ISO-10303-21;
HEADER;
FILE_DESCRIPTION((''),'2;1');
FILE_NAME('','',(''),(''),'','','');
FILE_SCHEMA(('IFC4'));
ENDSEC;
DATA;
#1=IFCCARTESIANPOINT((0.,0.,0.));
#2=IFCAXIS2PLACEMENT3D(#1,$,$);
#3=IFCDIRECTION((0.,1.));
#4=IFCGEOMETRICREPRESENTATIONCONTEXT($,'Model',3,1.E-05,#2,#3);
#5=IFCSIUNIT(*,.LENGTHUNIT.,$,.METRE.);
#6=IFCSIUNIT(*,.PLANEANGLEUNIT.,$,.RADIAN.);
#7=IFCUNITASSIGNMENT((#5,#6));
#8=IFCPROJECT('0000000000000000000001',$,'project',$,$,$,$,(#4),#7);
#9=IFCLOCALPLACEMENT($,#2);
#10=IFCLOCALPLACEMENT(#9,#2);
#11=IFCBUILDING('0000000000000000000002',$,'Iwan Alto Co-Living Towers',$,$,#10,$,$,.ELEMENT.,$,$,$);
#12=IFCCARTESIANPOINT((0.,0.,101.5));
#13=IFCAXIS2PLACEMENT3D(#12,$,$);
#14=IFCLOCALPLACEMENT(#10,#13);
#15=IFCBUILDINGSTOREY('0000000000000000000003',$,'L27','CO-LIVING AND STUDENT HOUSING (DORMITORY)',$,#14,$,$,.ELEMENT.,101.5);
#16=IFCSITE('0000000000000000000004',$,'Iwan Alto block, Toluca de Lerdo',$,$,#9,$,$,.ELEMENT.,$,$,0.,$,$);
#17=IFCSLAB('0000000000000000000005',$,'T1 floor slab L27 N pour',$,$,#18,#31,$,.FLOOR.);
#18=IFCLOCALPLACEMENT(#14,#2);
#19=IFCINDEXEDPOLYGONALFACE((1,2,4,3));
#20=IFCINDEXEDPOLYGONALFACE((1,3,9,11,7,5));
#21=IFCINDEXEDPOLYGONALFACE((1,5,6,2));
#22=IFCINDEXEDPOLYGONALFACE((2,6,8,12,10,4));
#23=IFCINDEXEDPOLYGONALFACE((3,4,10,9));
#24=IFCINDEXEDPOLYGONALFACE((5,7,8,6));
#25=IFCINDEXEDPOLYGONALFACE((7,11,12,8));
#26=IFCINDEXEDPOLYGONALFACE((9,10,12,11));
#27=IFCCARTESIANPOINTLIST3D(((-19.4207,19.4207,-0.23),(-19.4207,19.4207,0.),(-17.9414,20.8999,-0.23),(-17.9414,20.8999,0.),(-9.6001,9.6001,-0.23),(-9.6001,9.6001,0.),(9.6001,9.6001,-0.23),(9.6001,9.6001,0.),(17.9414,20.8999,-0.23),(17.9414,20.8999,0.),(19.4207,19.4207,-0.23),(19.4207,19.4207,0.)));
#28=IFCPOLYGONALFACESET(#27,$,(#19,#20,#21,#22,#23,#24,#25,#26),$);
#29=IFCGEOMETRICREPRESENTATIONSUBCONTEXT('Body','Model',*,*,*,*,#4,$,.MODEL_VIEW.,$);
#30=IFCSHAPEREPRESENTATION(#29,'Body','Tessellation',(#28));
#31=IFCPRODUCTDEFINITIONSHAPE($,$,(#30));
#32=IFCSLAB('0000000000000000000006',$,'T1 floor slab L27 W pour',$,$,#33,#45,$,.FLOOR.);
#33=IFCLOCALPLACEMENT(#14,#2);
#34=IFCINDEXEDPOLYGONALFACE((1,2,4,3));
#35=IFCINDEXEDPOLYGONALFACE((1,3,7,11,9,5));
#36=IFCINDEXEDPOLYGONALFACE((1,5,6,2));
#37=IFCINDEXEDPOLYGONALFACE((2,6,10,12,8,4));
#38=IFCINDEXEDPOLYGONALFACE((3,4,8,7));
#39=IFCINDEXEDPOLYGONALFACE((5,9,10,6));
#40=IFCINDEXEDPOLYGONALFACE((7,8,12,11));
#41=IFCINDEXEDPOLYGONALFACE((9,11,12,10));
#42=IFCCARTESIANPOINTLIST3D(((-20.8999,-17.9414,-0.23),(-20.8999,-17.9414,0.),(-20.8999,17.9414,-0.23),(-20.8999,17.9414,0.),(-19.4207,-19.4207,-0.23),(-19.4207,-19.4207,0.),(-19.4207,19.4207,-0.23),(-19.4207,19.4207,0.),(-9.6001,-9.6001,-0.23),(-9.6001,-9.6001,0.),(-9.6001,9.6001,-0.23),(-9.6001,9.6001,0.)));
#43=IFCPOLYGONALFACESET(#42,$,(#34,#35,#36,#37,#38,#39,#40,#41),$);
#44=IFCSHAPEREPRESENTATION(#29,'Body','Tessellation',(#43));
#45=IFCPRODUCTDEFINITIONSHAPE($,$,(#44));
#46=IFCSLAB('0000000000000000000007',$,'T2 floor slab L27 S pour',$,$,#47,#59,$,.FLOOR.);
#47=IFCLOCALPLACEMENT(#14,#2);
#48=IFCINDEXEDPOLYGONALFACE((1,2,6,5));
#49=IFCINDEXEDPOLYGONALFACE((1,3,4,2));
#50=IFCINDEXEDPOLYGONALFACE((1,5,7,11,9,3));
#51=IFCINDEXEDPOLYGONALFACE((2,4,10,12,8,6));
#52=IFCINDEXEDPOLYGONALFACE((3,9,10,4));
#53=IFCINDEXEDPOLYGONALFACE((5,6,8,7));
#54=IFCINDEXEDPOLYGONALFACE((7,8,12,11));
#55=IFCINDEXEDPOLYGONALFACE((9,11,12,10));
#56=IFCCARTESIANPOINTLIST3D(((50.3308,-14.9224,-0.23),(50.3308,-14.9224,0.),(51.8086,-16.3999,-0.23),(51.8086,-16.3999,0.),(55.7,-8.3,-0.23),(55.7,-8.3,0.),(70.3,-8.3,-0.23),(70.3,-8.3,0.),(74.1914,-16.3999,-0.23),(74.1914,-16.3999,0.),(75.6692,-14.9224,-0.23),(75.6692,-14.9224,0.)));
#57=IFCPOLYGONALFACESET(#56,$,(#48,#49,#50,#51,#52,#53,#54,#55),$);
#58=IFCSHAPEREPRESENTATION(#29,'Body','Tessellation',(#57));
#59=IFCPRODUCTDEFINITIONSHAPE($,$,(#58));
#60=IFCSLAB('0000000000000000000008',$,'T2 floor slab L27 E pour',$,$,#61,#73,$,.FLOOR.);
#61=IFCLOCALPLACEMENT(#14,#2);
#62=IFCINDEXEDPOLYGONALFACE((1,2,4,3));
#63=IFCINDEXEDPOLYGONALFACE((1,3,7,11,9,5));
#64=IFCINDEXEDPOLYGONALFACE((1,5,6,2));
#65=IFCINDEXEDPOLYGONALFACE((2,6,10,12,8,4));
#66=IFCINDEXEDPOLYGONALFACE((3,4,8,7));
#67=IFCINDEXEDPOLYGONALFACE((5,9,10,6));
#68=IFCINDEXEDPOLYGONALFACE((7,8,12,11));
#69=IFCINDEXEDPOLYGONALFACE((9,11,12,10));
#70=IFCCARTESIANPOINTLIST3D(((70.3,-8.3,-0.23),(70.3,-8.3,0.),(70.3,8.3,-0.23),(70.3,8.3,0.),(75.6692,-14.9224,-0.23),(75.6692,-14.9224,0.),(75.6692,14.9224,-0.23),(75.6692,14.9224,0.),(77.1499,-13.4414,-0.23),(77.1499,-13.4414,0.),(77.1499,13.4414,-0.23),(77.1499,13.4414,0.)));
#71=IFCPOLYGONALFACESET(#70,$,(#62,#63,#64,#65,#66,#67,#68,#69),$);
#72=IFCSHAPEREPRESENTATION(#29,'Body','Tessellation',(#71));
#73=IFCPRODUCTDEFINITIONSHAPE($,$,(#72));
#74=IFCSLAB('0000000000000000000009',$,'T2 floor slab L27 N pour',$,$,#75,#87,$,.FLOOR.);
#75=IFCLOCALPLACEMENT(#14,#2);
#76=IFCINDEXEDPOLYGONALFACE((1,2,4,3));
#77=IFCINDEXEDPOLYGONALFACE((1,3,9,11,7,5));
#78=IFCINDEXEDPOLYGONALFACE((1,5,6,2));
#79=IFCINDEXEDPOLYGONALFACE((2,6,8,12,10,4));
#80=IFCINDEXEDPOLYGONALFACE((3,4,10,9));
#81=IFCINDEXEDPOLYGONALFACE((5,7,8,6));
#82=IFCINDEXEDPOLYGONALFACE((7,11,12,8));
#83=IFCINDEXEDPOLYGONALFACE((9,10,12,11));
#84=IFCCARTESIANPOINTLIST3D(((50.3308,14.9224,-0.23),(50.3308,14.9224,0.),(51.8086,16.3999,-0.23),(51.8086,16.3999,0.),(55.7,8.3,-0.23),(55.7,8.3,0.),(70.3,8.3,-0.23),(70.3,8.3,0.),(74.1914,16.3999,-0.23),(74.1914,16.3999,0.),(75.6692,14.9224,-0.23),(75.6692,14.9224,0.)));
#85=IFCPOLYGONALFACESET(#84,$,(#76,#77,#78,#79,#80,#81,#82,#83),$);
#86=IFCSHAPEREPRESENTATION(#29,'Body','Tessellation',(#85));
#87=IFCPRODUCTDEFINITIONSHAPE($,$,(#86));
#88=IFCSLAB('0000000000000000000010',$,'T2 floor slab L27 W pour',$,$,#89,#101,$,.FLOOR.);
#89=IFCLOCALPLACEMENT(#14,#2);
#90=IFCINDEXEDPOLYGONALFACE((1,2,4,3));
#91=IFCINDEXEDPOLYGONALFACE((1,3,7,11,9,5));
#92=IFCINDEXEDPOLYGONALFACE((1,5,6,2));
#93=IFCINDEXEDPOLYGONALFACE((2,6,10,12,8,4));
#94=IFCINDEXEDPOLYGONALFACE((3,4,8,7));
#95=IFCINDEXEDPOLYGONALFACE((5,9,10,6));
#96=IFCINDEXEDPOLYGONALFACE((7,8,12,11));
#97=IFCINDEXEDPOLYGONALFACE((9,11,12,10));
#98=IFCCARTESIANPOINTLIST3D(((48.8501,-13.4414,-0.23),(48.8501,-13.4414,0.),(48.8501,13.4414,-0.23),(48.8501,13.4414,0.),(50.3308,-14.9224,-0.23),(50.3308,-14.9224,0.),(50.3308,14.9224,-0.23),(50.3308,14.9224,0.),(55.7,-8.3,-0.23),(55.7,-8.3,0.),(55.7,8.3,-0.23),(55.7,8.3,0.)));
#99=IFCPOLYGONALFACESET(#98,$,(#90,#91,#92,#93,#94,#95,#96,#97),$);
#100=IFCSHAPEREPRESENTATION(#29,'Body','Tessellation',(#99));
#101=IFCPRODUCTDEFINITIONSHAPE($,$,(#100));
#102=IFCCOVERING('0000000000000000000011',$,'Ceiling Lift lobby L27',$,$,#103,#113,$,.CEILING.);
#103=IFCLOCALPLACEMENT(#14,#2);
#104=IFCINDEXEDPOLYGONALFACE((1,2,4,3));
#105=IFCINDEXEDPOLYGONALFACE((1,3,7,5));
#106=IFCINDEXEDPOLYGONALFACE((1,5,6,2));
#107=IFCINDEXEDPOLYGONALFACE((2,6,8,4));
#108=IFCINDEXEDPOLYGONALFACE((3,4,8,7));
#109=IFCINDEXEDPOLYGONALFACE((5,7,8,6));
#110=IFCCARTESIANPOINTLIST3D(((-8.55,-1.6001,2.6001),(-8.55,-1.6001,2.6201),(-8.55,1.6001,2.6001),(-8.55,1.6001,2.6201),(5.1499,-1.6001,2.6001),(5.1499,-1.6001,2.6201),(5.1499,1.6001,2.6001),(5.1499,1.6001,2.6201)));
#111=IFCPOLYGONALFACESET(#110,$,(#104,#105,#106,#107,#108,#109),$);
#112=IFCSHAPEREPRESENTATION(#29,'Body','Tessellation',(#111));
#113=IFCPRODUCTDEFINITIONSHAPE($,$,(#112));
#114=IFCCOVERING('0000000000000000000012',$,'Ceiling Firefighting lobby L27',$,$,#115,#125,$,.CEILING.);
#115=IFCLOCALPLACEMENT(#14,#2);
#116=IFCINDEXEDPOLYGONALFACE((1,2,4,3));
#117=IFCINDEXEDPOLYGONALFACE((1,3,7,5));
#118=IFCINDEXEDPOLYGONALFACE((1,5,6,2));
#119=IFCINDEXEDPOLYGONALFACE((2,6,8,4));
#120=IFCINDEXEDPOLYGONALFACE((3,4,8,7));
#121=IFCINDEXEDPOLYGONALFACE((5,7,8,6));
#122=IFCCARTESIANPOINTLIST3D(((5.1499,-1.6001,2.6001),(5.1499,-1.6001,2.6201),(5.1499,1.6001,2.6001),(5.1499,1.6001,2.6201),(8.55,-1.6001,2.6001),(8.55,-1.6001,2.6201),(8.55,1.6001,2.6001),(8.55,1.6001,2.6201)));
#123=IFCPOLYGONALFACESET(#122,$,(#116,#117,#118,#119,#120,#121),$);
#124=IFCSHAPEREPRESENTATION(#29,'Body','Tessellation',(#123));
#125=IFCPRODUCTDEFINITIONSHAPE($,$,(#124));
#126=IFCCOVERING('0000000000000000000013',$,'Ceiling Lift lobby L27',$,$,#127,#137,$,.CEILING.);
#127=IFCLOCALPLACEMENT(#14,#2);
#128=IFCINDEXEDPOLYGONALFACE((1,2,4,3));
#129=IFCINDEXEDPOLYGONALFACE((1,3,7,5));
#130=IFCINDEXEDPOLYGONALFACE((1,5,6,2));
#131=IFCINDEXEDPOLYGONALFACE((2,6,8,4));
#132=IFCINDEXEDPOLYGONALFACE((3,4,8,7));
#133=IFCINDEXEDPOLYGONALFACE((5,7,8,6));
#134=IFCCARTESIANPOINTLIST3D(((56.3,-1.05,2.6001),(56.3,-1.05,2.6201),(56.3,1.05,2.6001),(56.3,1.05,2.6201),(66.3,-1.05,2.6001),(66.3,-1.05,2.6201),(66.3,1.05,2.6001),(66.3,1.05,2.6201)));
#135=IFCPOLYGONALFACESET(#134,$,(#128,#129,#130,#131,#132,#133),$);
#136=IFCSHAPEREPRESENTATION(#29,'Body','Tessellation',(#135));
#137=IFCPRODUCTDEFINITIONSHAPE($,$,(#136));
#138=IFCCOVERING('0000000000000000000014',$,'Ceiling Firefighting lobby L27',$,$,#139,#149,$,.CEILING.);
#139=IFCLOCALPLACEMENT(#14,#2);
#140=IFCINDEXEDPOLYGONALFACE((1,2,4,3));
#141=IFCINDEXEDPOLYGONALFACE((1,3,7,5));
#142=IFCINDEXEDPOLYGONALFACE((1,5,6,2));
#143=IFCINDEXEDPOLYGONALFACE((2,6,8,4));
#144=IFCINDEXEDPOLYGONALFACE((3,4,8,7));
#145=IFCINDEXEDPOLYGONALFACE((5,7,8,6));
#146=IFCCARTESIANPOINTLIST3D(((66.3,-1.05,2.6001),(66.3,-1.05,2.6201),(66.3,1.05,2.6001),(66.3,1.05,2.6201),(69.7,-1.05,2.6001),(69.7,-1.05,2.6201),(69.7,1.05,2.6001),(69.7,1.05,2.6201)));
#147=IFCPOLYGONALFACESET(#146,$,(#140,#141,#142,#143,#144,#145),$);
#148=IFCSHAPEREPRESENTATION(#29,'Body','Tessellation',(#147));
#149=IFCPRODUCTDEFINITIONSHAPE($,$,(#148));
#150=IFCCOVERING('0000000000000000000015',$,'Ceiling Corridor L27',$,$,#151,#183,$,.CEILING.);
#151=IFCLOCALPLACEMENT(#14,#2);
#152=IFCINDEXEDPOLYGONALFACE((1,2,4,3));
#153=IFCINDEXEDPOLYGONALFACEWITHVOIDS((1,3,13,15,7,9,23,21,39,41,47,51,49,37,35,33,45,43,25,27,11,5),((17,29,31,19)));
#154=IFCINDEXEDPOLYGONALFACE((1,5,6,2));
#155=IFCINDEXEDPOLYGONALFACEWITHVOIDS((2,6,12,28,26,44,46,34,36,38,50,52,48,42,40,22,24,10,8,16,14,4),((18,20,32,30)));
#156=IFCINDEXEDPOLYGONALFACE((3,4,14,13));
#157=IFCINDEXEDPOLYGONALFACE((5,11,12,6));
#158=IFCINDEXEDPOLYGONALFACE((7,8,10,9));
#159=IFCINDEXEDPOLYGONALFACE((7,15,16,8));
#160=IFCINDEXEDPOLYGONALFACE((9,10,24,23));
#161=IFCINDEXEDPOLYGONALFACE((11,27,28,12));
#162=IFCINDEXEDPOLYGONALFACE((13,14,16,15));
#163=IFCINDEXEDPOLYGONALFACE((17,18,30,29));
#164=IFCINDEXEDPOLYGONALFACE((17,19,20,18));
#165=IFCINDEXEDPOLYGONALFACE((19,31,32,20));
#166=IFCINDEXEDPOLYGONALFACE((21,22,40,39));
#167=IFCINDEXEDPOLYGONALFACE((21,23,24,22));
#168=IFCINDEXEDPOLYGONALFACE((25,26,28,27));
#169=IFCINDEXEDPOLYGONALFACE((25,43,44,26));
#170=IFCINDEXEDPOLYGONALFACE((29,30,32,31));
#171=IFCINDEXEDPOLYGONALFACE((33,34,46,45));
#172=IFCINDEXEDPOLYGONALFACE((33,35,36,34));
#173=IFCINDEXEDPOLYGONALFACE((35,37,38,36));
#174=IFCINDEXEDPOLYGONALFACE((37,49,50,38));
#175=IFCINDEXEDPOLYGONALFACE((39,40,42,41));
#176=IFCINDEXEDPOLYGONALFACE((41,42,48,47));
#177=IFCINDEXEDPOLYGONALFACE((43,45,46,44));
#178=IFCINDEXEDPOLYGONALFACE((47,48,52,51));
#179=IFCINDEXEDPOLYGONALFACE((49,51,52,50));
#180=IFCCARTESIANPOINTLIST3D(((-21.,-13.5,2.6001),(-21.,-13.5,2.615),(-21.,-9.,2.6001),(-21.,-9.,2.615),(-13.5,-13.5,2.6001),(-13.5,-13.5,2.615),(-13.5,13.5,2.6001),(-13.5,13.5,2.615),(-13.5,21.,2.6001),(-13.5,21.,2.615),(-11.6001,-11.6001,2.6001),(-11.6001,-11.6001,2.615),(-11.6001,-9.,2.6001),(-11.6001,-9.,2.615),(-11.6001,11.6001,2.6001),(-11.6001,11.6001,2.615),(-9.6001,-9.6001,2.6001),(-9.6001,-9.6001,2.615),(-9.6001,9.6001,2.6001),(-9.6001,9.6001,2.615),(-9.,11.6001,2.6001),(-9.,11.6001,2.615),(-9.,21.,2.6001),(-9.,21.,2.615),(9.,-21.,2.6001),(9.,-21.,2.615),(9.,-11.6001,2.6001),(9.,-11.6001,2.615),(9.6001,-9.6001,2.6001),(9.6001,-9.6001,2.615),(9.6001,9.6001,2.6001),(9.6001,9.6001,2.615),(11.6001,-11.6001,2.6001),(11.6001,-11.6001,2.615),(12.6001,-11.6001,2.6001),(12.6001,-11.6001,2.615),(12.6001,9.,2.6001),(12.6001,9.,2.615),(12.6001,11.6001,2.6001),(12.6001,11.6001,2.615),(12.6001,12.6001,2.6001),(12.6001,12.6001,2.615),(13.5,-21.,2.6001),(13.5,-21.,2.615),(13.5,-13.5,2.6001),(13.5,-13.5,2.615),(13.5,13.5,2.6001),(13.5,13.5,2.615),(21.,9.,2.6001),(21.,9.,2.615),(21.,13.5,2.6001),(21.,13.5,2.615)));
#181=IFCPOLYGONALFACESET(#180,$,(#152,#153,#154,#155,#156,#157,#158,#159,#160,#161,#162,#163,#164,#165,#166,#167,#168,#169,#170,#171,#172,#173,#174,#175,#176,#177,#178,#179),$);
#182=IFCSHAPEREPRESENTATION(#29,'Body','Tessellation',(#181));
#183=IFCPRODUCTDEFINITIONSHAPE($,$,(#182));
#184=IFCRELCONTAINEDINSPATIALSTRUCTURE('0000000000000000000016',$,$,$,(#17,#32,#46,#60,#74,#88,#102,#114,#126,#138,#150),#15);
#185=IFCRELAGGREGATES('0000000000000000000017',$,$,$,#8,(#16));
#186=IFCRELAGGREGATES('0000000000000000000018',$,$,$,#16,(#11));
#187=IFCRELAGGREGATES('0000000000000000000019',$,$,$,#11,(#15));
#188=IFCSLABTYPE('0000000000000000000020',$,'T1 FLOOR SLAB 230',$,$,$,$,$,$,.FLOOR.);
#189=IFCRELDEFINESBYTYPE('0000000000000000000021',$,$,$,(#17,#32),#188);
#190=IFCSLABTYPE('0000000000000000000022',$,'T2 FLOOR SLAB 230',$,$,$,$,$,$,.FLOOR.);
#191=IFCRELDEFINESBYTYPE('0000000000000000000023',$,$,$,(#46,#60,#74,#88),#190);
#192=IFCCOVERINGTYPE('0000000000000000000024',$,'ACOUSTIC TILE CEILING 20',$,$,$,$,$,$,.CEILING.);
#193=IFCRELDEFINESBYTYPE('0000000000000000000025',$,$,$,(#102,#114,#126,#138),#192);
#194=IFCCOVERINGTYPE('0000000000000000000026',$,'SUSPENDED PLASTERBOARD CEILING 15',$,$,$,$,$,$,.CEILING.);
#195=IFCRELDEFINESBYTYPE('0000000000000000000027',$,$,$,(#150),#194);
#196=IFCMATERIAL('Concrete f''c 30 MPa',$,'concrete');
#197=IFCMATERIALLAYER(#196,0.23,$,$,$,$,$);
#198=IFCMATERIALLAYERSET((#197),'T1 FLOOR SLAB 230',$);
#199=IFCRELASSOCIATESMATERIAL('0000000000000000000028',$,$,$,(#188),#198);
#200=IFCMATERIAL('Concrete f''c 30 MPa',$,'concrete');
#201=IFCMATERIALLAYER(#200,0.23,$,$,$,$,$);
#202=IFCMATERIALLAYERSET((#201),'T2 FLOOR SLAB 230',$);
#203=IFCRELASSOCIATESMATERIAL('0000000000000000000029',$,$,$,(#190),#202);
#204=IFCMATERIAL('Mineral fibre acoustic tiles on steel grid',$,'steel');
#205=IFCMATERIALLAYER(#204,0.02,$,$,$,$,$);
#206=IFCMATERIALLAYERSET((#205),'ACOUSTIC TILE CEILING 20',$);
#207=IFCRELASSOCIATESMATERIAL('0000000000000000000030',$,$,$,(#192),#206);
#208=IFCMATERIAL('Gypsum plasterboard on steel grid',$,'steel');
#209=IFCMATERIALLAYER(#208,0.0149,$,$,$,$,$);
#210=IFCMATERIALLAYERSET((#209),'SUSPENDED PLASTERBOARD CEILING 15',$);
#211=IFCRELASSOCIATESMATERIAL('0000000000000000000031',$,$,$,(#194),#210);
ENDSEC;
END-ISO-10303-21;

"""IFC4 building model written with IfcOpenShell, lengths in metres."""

from ifc_helpers import new_model, si_unit, direction, frame, origin, place, context, subcontext, project, spatial, polyline, outline, extrude, material, layer, layer_set, type_object, element, save


model = new_model("IFC4")

# Units and contexts
model_context = context("Model", 3, precision=1e-05, world=origin(), true_north=direction((0.0, 1.0)))
body_context = subcontext(model_context, "Body", "Model", "MODEL_VIEW")
ifc_project = project(units=[si_unit("LENGTHUNIT", "METRE"), si_unit("PLANEANGLEUNIT", "RADIAN")], contexts=[model_context])

# Site, building, storey
site_placement = place(None, origin())
site = spatial("IfcSite", under=ifc_project, at=site_placement, Name="Iwan Alto block, Toluca de Lerdo", CompositionType="ELEMENT", RefElevation=0.0)
building_placement = place(site_placement, origin())
building = spatial("IfcBuilding", under=site, at=building_placement, Name="Iwan Alto Co-Living Towers", CompositionType="ELEMENT")
storey_placement = place(building_placement, frame((0.0, 0.0, 101.5)))
storey = spatial("IfcBuildingStorey", under=building, at=storey_placement, Name="L27", Description="CO-LIVING AND STUDENT HOUSING (DORMITORY)", CompositionType="ELEMENT", Elevation=101.5)

# Slabs
ifc_material_1 = material(Name="Concrete f'c 30 MPa", Category="concrete")
ifc_layer_1 = layer(ifc_material_1, 0.23)
ifc_layer_set_1 = layer_set([ifc_layer_1], Name="T1 FLOOR SLAB 230")
slab_type_1 = type_object("IfcSlabType", Name="T1 FLOOR SLAB 230", PredefinedType="FLOOR", material=ifc_layer_set_1)
slab_1_placement = place(storey_placement, frame((0.0, 0.0, -0.23)))
element("IfcSlab", 1, at=slab_1_placement, inside=storey, type_object=slab_type_1, Name="T1 floor slab L27 N pour", PredefinedType="FLOOR", context=body_context, shape_type="SweptSolid", body=[
    extrude(outline(polyline([(-17.9414, 20.8999), (17.9414, 20.8999), (19.4207, 19.4207), (9.6001, 9.6001), (-9.6001, 9.6001), (-19.4207, 19.4207), (-17.9414, 20.8999)])), origin(), (0.0, 0.0, 1.0), 0.23),
])
slab_2_placement = place(storey_placement, frame((0.0, 0.0, -0.23)))
element("IfcSlab", 2, at=slab_2_placement, inside=storey, type_object=slab_type_1, Name="T1 floor slab L27 W pour", PredefinedType="FLOOR", context=body_context, shape_type="SweptSolid", body=[
    extrude(outline(polyline([(-20.8999, 17.9414), (-19.4207, 19.4207), (-9.6001, 9.6001), (-9.6001, -9.6001), (-19.4207, -19.4207), (-20.8999, -17.9414), (-20.8999, 17.9414)])), origin(), (0.0, 0.0, 1.0), 0.23),
])
ifc_material_2 = material(Name="Concrete f'c 30 MPa", Category="concrete")
ifc_layer_2 = layer(ifc_material_2, 0.23)
ifc_layer_set_2 = layer_set([ifc_layer_2], Name="T2 FLOOR SLAB 230")
slab_type_2 = type_object("IfcSlabType", Name="T2 FLOOR SLAB 230", PredefinedType="FLOOR", material=ifc_layer_set_2)
slab_3_placement = place(storey_placement, frame((0.0, 0.0, -0.23)))
element("IfcSlab", 3, at=slab_3_placement, inside=storey, type_object=slab_type_2, Name="T2 floor slab L27 S pour", PredefinedType="FLOOR", context=body_context, shape_type="SweptSolid", body=[
    extrude(outline(polyline([(74.1914, -16.3999), (51.8086, -16.3999), (50.3308, -14.9224), (55.7, -8.3), (70.3, -8.3), (75.6692, -14.9224), (74.1914, -16.3999)])), origin(), (0.0, 0.0, 1.0), 0.23),
])
slab_4_placement = place(storey_placement, frame((0.0, 0.0, -0.23)))
element("IfcSlab", 4, at=slab_4_placement, inside=storey, type_object=slab_type_2, Name="T2 floor slab L27 E pour", PredefinedType="FLOOR", context=body_context, shape_type="SweptSolid", body=[
    extrude(outline(polyline([(77.1499, 13.4414), (77.1499, -13.4414), (75.6692, -14.9224), (70.3, -8.3), (70.3, 8.3), (75.6692, 14.9224), (77.1499, 13.4414)])), origin(), (0.0, 0.0, 1.0), 0.23),
])
slab_5_placement = place(storey_placement, frame((0.0, 0.0, -0.23)))
element("IfcSlab", 5, at=slab_5_placement, inside=storey, type_object=slab_type_2, Name="T2 floor slab L27 N pour", PredefinedType="FLOOR", context=body_context, shape_type="SweptSolid", body=[
    extrude(outline(polyline([(51.8086, 16.3999), (74.1914, 16.3999), (75.6692, 14.9224), (70.3, 8.3), (55.7, 8.3), (50.3308, 14.9224), (51.8086, 16.3999)])), origin(), (0.0, 0.0, 1.0), 0.23),
])
slab_6_placement = place(storey_placement, frame((0.0, 0.0, -0.23)))
element("IfcSlab", 6, at=slab_6_placement, inside=storey, type_object=slab_type_2, Name="T2 floor slab L27 W pour", PredefinedType="FLOOR", context=body_context, shape_type="SweptSolid", body=[
    extrude(outline(polyline([(48.8501, 13.4414), (50.3308, 14.9224), (55.7, 8.3), (55.7, -8.3), (50.3308, -14.9224), (48.8501, -13.4414), (48.8501, 13.4414)])), origin(), (0.0, 0.0, 1.0), 0.23),
])

# Coverings
ifc_material_3 = material(Name="Mineral fibre acoustic tiles on steel grid", Category="steel")
ifc_layer_3 = layer(ifc_material_3, 0.02)
ifc_layer_set_3 = layer_set([ifc_layer_3], Name="ACOUSTIC TILE CEILING 20")
covering_type_1 = type_object("IfcCoveringType", Name="ACOUSTIC TILE CEILING 20", PredefinedType="CEILING", material=ifc_layer_set_3)
covering_1_placement = place(storey_placement, frame((0.0, 0.0, 2.6001)))
element("IfcCovering", 7, at=covering_1_placement, inside=storey, type_object=covering_type_1, Name="Ceiling Lift lobby L27", PredefinedType="CEILING", context=body_context, shape_type="SweptSolid", body=[
    extrude(outline(polyline([(-8.55, -1.6001), (-8.55, 1.6001), (5.1499, 1.6001), (5.1499, -1.6001), (-8.55, -1.6001)])), origin(), (0.0, 0.0, 1.0), 0.02),
])
covering_2_placement = place(storey_placement, frame((0.0, 0.0, 2.6001)))
element("IfcCovering", 8, at=covering_2_placement, inside=storey, type_object=covering_type_1, Name="Ceiling Firefighting lobby L27", PredefinedType="CEILING", context=body_context, shape_type="SweptSolid", body=[
    extrude(outline(polyline([(5.1499, -1.6001), (5.1499, 1.6001), (8.55, 1.6001), (8.55, -1.6001), (5.1499, -1.6001)])), origin(), (0.0, 0.0, 1.0), 0.02),
])
covering_3_placement = place(storey_placement, frame((0.0, 0.0, 2.6001)))
element("IfcCovering", 9, at=covering_3_placement, inside=storey, type_object=covering_type_1, Name="Ceiling Lift lobby L27", PredefinedType="CEILING", context=body_context, shape_type="SweptSolid", body=[
    extrude(outline(polyline([(56.3, -1.05), (56.3, 1.05), (66.3, 1.05), (66.3, -1.05), (56.3, -1.05)])), origin(), (0.0, 0.0, 1.0), 0.02),
])
covering_4_placement = place(storey_placement, frame((0.0, 0.0, 2.6001)))
element("IfcCovering", 10, at=covering_4_placement, inside=storey, type_object=covering_type_1, Name="Ceiling Firefighting lobby L27", PredefinedType="CEILING", context=body_context, shape_type="SweptSolid", body=[
    extrude(outline(polyline([(66.3, -1.05), (66.3, 1.05), (69.7, 1.05), (69.7, -1.05), (66.3, -1.05)])), origin(), (0.0, 0.0, 1.0), 0.02),
])
ifc_material_4 = material(Name="Gypsum plasterboard on steel grid", Category="steel")
ifc_layer_4 = layer(ifc_material_4, 0.0149)
ifc_layer_set_4 = layer_set([ifc_layer_4], Name="SUSPENDED PLASTERBOARD CEILING 15")
covering_type_2 = type_object("IfcCoveringType", Name="SUSPENDED PLASTERBOARD CEILING 15", PredefinedType="CEILING", material=ifc_layer_set_4)
covering_5_placement = place(storey_placement, frame((0.0, 0.0, 2.6001)))
element("IfcCovering", 11, at=covering_5_placement, inside=storey, type_object=covering_type_2, Name="Ceiling Corridor L27", PredefinedType="CEILING", context=body_context, shape_type="SweptSolid", body=[
    extrude(outline(polyline([(13.5, -21.0), (9.0, -21.0), (9.0, -11.6001), (-11.6001, -11.6001), (-13.5, -13.5), (-21.0, -13.5), (-21.0, -9.0), (-11.6001, -9.0), (-11.6001, 11.6001), (-13.5, 13.5), (-13.5, 21.0), (-9.0, 21.0), (-9.0, 11.6001), (12.6001, 11.6001), (12.6001, 12.6001), (13.5, 13.5), (21.0, 13.5), (21.0, 9.0), (12.6001, 9.0), (12.6001, -11.6001), (11.6001, -11.6001), (13.5, -13.5), (13.5, -21.0)]), holes=[polyline([(9.6001, -9.6001), (9.6001, 9.6001), (-9.6001, 9.6001), (-9.6001, -9.6001), (9.6001, -9.6001)])]), origin(), (0.0, 0.0, 1.0), 0.0149),
])

save(model, "model.ifc")
